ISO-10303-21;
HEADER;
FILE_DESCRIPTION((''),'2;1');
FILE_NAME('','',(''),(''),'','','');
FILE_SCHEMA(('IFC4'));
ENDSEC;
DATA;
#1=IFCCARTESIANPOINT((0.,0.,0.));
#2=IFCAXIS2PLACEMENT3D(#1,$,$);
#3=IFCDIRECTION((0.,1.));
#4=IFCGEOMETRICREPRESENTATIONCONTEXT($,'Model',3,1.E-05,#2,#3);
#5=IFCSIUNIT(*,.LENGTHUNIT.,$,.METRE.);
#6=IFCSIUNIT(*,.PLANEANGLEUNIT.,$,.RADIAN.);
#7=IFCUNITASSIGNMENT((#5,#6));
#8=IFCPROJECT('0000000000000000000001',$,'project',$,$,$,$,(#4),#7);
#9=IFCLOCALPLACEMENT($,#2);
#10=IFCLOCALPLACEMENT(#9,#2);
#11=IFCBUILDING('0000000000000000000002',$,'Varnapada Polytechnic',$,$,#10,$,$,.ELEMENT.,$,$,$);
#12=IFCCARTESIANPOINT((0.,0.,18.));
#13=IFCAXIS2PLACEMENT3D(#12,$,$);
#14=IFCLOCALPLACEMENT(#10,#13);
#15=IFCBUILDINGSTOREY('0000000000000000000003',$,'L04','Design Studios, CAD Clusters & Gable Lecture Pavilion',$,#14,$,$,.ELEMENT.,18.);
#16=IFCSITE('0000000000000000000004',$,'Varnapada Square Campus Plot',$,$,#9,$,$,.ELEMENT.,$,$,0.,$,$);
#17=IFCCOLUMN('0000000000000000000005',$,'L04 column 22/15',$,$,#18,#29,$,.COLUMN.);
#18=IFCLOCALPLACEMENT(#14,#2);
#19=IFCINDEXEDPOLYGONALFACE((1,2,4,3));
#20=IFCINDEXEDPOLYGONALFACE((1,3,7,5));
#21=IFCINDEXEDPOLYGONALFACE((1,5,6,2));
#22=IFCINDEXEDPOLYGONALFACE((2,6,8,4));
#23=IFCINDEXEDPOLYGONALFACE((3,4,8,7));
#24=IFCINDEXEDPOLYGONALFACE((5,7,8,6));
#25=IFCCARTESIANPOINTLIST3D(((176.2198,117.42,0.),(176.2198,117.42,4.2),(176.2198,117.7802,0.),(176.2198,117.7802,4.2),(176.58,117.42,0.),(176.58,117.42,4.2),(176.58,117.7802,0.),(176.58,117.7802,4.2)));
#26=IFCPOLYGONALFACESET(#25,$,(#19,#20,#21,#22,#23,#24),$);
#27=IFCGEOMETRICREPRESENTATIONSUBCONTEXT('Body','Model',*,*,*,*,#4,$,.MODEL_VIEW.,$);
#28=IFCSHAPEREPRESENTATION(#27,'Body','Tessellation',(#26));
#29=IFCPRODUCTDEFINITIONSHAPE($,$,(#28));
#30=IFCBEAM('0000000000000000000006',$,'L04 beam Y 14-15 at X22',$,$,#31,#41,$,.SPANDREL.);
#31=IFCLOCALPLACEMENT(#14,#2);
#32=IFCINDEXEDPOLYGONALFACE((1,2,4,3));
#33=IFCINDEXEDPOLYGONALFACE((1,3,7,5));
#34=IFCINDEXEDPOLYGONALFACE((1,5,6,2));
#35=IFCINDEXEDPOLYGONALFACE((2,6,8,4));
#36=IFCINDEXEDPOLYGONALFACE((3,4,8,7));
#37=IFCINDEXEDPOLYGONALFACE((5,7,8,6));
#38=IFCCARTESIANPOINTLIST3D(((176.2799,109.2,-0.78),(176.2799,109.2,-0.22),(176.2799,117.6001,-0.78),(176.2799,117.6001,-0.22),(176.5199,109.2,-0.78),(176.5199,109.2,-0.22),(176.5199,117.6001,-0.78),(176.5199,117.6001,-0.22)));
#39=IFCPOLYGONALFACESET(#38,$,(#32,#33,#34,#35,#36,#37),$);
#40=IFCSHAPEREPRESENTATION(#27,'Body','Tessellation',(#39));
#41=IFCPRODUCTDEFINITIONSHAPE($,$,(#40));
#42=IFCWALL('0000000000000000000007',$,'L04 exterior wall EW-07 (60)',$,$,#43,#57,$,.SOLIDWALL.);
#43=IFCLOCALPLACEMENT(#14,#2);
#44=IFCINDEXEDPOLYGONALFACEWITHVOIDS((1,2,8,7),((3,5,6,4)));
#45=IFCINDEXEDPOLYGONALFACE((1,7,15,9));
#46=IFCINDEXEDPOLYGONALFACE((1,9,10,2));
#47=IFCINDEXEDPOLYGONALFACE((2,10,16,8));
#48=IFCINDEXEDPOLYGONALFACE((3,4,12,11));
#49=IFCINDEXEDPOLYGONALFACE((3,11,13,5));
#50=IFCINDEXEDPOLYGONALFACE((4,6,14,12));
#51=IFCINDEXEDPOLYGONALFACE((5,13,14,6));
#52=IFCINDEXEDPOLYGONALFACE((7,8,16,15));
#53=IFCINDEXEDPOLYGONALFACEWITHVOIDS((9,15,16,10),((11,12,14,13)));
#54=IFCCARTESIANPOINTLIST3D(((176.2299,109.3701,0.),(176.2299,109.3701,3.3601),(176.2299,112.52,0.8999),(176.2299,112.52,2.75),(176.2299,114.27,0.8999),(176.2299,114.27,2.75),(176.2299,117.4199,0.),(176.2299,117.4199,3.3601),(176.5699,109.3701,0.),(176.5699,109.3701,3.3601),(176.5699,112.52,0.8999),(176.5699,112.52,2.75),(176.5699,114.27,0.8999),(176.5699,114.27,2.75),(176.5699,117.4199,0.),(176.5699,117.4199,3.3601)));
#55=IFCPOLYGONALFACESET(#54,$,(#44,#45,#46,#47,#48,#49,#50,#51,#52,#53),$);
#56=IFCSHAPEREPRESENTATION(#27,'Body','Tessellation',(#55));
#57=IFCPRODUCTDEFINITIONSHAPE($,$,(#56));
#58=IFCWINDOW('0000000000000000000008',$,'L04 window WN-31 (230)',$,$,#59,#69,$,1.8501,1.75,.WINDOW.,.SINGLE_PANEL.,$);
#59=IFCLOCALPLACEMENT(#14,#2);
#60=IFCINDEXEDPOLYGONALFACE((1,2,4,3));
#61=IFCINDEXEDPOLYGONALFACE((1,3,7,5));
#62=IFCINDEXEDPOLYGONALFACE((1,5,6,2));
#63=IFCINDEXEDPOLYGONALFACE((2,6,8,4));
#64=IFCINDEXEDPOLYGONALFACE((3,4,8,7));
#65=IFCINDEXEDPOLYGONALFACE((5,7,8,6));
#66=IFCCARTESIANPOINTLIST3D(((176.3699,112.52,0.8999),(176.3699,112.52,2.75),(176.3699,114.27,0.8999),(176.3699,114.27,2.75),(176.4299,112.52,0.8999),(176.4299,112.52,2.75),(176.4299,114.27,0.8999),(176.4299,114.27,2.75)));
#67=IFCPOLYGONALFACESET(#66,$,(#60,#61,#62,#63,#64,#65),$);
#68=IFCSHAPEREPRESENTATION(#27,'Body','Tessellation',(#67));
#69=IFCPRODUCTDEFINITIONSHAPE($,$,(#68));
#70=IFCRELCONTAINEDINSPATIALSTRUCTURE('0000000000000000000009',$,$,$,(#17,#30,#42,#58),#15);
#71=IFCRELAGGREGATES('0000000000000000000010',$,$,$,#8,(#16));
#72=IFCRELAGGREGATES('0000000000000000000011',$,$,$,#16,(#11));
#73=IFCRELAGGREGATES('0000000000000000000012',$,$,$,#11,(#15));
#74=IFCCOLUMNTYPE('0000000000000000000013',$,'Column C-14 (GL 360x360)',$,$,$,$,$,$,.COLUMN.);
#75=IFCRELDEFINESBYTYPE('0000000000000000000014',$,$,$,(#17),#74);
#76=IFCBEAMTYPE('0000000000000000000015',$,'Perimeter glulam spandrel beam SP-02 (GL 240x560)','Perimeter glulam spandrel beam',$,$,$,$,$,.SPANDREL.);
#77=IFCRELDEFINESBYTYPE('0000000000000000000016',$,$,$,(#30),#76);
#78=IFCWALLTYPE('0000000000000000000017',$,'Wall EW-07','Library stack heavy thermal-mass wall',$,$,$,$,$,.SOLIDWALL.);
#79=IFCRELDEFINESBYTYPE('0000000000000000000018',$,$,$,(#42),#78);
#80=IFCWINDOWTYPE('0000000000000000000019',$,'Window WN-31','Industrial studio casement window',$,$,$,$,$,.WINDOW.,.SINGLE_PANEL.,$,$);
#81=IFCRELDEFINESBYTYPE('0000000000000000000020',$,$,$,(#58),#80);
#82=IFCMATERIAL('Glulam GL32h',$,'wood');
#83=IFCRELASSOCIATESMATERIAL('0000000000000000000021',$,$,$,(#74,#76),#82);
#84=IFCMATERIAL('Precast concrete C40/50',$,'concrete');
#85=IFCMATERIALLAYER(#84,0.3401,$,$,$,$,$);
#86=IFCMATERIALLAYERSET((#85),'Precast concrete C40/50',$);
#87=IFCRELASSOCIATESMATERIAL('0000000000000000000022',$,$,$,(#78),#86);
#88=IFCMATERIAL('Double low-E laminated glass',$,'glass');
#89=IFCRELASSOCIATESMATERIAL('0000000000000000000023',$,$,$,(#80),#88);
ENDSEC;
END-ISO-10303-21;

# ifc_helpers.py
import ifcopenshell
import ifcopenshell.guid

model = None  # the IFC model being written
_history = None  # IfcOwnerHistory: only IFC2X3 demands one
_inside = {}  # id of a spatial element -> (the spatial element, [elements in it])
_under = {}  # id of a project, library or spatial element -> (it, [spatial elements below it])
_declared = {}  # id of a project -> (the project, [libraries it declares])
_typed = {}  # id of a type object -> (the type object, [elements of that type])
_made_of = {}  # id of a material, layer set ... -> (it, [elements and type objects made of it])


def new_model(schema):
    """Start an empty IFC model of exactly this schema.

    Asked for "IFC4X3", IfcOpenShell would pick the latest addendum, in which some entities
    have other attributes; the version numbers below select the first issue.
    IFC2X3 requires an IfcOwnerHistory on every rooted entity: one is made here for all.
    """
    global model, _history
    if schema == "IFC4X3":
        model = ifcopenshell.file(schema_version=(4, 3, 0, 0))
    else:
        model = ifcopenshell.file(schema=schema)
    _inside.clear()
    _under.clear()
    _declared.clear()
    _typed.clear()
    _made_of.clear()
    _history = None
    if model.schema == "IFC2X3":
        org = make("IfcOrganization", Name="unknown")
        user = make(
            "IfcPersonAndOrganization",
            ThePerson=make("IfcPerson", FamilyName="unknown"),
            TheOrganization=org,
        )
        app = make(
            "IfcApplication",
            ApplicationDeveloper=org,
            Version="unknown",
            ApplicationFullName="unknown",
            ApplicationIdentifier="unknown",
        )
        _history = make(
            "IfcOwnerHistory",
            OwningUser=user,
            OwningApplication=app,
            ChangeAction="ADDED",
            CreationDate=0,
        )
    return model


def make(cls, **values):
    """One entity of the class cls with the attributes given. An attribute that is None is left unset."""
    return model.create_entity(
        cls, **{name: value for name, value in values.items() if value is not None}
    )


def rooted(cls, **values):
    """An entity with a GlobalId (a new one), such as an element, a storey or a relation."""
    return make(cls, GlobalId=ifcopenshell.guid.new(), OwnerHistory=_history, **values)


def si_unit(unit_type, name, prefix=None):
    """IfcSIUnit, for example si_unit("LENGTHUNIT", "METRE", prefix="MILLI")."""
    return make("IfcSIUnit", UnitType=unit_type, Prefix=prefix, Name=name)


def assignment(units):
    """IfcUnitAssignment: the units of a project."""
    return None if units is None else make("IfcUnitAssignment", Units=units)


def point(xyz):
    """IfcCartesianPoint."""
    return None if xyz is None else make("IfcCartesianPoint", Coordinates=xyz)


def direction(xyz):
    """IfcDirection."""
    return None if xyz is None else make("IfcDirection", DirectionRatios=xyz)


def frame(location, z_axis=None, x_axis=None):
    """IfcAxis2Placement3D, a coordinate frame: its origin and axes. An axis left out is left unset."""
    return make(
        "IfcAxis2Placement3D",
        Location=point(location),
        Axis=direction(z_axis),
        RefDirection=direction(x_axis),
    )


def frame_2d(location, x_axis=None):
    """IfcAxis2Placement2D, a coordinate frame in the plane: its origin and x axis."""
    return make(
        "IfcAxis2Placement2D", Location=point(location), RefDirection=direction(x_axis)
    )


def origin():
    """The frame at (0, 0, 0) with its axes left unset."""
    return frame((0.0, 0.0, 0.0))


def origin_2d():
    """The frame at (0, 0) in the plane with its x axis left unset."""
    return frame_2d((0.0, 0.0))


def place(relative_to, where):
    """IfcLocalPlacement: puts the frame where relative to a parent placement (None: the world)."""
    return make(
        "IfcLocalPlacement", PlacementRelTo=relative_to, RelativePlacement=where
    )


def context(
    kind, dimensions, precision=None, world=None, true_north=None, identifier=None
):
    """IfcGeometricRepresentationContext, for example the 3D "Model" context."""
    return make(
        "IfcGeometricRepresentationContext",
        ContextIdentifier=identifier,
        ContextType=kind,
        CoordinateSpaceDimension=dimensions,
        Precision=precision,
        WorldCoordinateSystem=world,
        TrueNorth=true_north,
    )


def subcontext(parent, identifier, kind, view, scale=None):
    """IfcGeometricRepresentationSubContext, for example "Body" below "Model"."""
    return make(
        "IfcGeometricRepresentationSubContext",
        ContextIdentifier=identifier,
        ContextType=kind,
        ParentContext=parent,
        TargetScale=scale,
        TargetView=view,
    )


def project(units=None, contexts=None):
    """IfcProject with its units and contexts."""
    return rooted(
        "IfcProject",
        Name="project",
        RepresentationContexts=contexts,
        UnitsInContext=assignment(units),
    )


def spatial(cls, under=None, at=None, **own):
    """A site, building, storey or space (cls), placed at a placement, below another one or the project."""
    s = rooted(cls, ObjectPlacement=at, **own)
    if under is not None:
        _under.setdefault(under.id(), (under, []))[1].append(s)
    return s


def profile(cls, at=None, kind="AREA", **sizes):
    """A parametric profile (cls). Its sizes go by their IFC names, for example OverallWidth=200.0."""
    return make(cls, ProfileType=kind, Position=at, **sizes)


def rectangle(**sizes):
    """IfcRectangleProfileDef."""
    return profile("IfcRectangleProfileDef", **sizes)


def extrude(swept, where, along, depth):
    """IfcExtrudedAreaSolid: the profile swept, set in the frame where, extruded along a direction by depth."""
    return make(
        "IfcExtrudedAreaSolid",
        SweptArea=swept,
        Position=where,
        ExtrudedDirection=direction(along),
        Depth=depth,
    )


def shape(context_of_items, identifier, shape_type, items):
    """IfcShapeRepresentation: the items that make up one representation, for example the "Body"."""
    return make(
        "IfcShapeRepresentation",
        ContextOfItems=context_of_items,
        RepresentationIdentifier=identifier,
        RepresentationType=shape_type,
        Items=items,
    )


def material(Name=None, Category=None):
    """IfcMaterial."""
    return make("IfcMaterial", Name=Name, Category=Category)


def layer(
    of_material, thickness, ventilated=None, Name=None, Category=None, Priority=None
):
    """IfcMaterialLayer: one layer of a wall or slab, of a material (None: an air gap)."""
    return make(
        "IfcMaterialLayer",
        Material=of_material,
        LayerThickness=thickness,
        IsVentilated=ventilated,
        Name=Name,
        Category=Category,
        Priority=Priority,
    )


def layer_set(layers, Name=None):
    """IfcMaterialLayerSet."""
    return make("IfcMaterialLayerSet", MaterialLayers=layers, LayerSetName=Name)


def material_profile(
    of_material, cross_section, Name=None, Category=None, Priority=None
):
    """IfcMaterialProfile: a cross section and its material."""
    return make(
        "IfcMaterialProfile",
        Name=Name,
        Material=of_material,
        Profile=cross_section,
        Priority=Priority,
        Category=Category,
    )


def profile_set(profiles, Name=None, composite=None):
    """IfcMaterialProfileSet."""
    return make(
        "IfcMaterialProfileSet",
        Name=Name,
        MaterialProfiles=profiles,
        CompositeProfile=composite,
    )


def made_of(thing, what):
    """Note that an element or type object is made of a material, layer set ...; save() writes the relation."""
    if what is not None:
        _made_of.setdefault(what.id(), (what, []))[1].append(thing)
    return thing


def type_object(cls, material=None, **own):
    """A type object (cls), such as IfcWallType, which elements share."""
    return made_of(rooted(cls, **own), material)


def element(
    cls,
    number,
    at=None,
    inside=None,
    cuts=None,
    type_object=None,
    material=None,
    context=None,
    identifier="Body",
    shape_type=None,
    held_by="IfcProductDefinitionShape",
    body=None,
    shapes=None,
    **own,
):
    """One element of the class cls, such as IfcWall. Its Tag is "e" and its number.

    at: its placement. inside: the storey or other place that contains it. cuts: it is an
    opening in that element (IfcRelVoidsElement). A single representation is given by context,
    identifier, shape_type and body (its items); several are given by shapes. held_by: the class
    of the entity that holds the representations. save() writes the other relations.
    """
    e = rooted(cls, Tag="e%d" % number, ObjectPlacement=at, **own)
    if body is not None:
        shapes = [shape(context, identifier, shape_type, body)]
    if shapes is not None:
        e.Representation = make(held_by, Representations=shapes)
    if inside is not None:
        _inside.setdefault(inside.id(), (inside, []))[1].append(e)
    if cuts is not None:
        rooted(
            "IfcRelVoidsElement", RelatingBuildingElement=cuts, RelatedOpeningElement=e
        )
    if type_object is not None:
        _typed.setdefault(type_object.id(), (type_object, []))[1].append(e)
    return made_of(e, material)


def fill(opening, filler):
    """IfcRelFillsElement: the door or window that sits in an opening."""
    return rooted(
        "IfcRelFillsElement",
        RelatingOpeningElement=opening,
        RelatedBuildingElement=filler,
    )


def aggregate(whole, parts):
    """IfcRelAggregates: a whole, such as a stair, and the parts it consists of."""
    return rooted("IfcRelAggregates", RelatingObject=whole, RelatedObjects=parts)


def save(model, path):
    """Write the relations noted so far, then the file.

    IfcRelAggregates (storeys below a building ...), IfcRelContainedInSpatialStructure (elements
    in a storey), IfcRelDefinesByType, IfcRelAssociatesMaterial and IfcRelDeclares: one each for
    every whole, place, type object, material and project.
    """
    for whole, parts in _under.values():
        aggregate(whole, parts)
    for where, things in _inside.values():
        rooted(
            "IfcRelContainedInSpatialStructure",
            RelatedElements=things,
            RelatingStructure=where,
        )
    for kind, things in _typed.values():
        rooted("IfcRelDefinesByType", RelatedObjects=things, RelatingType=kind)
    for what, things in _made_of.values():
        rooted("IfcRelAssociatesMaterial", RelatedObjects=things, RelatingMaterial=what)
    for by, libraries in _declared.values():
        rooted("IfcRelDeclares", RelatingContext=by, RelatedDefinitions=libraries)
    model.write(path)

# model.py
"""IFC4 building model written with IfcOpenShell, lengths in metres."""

from ifc_helpers import new_model, si_unit, direction, frame, frame_2d, origin, origin_2d, place, context, subcontext, project, spatial, rectangle, extrude, material, layer, layer_set, material_profile, profile_set, type_object, element, fill, save


model = new_model("IFC4")

# Units and contexts
model_context = context("Model", 3, precision=1e-05, world=origin(), true_north=direction((0.0, 1.0)))
body_context = subcontext(model_context, "Body", "Model", "MODEL_VIEW")
ifc_project = project(units=[si_unit("LENGTHUNIT", "METRE"), si_unit("PLANEANGLEUNIT", "RADIAN")], contexts=[model_context])

# Site, building, storey
site_placement = place(None, origin())
site = spatial("IfcSite", under=ifc_project, at=site_placement, Name="Varnapada Square Campus Plot", CompositionType="ELEMENT", RefElevation=0.0)
building_placement = place(site_placement, origin())
building = spatial("IfcBuilding", under=site, at=building_placement, Name="Varnapada Polytechnic", CompositionType="ELEMENT")
storey_placement = place(building_placement, frame((0.0, 0.0, 18.0)))
storey = spatial("IfcBuildingStorey", under=building, at=storey_placement, Name="L04", Description="Design Studios, CAD Clusters & Gable Lecture Pavilion", CompositionType="ELEMENT", Elevation=18.0)

# Column
ifc_material_1 = material(Name="Glulam GL32h", Category="wood")
ifc_material_profile_1 = material_profile(ifc_material_1, rectangle(XDim=0.3601, YDim=0.3601, at=origin_2d()), Name="GL 360x360")
ifc_profile_set_1 = profile_set([ifc_material_profile_1], Name="Glulam GL32h")
column_type = type_object("IfcColumnType", Name="Column C-14 (GL 360x360)", PredefinedType="COLUMN", material=ifc_profile_set_1)
column_placement = place(storey_placement, frame((176.3999, 117.6001, 0.0), z_axis=(0.0, 0.0, 1.0), x_axis=(1.0, 0.0, 0.0)))
element("IfcColumn", 1, at=column_placement, inside=storey, type_object=column_type, Name="L04 column 22/15", PredefinedType="COLUMN", context=body_context, shape_type="SweptSolid", body=[
    extrude(rectangle(XDim=0.3601, YDim=0.3601, at=origin_2d()), origin(), (0.0, 0.0, 1.0), 4.2),
])

# Beam
ifc_material_profile_2 = material_profile(ifc_material_1, rectangle(XDim=0.24, YDim=0.5601, at=origin_2d()), Name="GL 240x560")
ifc_profile_set_2 = profile_set([ifc_material_profile_2], Name="Glulam GL32h")
beam_type = type_object("IfcBeamType", Name="Perimeter glulam spandrel beam SP-02 (GL 240x560)", Description="Perimeter glulam spandrel beam", PredefinedType="SPANDREL", material=ifc_profile_set_2)
beam_placement = place(storey_placement, frame((176.3999, 109.2, -0.5), z_axis=(0.0, 1.0, 0.0), x_axis=(-1.0, 0.0, 0.0)))
element("IfcBeam", 2, at=beam_placement, inside=storey, type_object=beam_type, Name="L04 beam Y 14-15 at X22", PredefinedType="SPANDREL", context=body_context, shape_type="SweptSolid", body=[
    extrude(rectangle(XDim=0.24, YDim=0.5601, at=origin_2d()), origin(), (0.0, 0.0, 1.0), 8.4001),
])

# Wall, opening, window
ifc_material_2 = material(Name="Precast concrete C40/50", Category="concrete")
ifc_layer_1 = layer(ifc_material_2, 0.3401)
ifc_layer_set_1 = layer_set([ifc_layer_1], Name="Precast concrete C40/50")
wall_type = type_object("IfcWallType", Name="Wall EW-07", Description="Library stack heavy thermal-mass wall", PredefinedType="SOLIDWALL", material=ifc_layer_set_1)
wall_placement = place(storey_placement, frame((176.3999, 117.4199, 0.0), z_axis=(0.0, 0.0, 1.0), x_axis=(0.0, -1.0, 0.0)))
wall = element("IfcWall", 3, at=wall_placement, inside=storey, type_object=wall_type, Name="L04 exterior wall EW-07 (60)", PredefinedType="SOLIDWALL", context=body_context, shape_type="SweptSolid", body=[
    extrude(rectangle(XDim=8.0498, YDim=0.3401, at=frame_2d((4.0249, 0.0))), origin(), (0.0, 0.0, 1.0), 3.3601),
])
opening_1_placement = place(wall_placement, frame((3.1499, 0.0, 0.8999)))
opening_1 = element("IfcOpeningElement", 4, at=opening_1_placement, cuts=wall, PredefinedType="OPENING", context=body_context, shape_type="SweptSolid", body=[
    extrude(rectangle(XDim=1.75, YDim=1.8501, at=frame_2d((0.875, 0.925))), frame((0.0, 0.1799, 0.0), z_axis=(0.0, -1.0, 0.0), x_axis=(1.0, 0.0, 0.0)), (0.0, 0.0, 1.0), 0.3601),
])
ifc_material_3 = material(Name="Double low-E laminated glass", Category="glass")
window_type = type_object("IfcWindowType", Name="Window WN-31", Description="Industrial studio casement window", PartitioningType="SINGLE_PANEL", PredefinedType="WINDOW", material=ifc_material_3)
window_placement = place(opening_1_placement, origin())
window = element("IfcWindow", 5, at=window_placement, inside=storey, type_object=window_type, Name="L04 window WN-31 (230)", OverallHeight=1.8501, OverallWidth=1.75, PartitioningType="SINGLE_PANEL", PredefinedType="WINDOW", context=body_context, shape_type="SweptSolid", body=[
    extrude(rectangle(XDim=1.75, YDim=1.8501, at=frame_2d((0.875, 0.925))), frame((0.0, 0.03, 0.0), z_axis=(0.0, -1.0, 0.0), x_axis=(1.0, 0.0, 0.0)), (0.0, 0.0, 1.0), 0.0601),
])
fill(opening_1, window)

save(model, "model.ifc")
